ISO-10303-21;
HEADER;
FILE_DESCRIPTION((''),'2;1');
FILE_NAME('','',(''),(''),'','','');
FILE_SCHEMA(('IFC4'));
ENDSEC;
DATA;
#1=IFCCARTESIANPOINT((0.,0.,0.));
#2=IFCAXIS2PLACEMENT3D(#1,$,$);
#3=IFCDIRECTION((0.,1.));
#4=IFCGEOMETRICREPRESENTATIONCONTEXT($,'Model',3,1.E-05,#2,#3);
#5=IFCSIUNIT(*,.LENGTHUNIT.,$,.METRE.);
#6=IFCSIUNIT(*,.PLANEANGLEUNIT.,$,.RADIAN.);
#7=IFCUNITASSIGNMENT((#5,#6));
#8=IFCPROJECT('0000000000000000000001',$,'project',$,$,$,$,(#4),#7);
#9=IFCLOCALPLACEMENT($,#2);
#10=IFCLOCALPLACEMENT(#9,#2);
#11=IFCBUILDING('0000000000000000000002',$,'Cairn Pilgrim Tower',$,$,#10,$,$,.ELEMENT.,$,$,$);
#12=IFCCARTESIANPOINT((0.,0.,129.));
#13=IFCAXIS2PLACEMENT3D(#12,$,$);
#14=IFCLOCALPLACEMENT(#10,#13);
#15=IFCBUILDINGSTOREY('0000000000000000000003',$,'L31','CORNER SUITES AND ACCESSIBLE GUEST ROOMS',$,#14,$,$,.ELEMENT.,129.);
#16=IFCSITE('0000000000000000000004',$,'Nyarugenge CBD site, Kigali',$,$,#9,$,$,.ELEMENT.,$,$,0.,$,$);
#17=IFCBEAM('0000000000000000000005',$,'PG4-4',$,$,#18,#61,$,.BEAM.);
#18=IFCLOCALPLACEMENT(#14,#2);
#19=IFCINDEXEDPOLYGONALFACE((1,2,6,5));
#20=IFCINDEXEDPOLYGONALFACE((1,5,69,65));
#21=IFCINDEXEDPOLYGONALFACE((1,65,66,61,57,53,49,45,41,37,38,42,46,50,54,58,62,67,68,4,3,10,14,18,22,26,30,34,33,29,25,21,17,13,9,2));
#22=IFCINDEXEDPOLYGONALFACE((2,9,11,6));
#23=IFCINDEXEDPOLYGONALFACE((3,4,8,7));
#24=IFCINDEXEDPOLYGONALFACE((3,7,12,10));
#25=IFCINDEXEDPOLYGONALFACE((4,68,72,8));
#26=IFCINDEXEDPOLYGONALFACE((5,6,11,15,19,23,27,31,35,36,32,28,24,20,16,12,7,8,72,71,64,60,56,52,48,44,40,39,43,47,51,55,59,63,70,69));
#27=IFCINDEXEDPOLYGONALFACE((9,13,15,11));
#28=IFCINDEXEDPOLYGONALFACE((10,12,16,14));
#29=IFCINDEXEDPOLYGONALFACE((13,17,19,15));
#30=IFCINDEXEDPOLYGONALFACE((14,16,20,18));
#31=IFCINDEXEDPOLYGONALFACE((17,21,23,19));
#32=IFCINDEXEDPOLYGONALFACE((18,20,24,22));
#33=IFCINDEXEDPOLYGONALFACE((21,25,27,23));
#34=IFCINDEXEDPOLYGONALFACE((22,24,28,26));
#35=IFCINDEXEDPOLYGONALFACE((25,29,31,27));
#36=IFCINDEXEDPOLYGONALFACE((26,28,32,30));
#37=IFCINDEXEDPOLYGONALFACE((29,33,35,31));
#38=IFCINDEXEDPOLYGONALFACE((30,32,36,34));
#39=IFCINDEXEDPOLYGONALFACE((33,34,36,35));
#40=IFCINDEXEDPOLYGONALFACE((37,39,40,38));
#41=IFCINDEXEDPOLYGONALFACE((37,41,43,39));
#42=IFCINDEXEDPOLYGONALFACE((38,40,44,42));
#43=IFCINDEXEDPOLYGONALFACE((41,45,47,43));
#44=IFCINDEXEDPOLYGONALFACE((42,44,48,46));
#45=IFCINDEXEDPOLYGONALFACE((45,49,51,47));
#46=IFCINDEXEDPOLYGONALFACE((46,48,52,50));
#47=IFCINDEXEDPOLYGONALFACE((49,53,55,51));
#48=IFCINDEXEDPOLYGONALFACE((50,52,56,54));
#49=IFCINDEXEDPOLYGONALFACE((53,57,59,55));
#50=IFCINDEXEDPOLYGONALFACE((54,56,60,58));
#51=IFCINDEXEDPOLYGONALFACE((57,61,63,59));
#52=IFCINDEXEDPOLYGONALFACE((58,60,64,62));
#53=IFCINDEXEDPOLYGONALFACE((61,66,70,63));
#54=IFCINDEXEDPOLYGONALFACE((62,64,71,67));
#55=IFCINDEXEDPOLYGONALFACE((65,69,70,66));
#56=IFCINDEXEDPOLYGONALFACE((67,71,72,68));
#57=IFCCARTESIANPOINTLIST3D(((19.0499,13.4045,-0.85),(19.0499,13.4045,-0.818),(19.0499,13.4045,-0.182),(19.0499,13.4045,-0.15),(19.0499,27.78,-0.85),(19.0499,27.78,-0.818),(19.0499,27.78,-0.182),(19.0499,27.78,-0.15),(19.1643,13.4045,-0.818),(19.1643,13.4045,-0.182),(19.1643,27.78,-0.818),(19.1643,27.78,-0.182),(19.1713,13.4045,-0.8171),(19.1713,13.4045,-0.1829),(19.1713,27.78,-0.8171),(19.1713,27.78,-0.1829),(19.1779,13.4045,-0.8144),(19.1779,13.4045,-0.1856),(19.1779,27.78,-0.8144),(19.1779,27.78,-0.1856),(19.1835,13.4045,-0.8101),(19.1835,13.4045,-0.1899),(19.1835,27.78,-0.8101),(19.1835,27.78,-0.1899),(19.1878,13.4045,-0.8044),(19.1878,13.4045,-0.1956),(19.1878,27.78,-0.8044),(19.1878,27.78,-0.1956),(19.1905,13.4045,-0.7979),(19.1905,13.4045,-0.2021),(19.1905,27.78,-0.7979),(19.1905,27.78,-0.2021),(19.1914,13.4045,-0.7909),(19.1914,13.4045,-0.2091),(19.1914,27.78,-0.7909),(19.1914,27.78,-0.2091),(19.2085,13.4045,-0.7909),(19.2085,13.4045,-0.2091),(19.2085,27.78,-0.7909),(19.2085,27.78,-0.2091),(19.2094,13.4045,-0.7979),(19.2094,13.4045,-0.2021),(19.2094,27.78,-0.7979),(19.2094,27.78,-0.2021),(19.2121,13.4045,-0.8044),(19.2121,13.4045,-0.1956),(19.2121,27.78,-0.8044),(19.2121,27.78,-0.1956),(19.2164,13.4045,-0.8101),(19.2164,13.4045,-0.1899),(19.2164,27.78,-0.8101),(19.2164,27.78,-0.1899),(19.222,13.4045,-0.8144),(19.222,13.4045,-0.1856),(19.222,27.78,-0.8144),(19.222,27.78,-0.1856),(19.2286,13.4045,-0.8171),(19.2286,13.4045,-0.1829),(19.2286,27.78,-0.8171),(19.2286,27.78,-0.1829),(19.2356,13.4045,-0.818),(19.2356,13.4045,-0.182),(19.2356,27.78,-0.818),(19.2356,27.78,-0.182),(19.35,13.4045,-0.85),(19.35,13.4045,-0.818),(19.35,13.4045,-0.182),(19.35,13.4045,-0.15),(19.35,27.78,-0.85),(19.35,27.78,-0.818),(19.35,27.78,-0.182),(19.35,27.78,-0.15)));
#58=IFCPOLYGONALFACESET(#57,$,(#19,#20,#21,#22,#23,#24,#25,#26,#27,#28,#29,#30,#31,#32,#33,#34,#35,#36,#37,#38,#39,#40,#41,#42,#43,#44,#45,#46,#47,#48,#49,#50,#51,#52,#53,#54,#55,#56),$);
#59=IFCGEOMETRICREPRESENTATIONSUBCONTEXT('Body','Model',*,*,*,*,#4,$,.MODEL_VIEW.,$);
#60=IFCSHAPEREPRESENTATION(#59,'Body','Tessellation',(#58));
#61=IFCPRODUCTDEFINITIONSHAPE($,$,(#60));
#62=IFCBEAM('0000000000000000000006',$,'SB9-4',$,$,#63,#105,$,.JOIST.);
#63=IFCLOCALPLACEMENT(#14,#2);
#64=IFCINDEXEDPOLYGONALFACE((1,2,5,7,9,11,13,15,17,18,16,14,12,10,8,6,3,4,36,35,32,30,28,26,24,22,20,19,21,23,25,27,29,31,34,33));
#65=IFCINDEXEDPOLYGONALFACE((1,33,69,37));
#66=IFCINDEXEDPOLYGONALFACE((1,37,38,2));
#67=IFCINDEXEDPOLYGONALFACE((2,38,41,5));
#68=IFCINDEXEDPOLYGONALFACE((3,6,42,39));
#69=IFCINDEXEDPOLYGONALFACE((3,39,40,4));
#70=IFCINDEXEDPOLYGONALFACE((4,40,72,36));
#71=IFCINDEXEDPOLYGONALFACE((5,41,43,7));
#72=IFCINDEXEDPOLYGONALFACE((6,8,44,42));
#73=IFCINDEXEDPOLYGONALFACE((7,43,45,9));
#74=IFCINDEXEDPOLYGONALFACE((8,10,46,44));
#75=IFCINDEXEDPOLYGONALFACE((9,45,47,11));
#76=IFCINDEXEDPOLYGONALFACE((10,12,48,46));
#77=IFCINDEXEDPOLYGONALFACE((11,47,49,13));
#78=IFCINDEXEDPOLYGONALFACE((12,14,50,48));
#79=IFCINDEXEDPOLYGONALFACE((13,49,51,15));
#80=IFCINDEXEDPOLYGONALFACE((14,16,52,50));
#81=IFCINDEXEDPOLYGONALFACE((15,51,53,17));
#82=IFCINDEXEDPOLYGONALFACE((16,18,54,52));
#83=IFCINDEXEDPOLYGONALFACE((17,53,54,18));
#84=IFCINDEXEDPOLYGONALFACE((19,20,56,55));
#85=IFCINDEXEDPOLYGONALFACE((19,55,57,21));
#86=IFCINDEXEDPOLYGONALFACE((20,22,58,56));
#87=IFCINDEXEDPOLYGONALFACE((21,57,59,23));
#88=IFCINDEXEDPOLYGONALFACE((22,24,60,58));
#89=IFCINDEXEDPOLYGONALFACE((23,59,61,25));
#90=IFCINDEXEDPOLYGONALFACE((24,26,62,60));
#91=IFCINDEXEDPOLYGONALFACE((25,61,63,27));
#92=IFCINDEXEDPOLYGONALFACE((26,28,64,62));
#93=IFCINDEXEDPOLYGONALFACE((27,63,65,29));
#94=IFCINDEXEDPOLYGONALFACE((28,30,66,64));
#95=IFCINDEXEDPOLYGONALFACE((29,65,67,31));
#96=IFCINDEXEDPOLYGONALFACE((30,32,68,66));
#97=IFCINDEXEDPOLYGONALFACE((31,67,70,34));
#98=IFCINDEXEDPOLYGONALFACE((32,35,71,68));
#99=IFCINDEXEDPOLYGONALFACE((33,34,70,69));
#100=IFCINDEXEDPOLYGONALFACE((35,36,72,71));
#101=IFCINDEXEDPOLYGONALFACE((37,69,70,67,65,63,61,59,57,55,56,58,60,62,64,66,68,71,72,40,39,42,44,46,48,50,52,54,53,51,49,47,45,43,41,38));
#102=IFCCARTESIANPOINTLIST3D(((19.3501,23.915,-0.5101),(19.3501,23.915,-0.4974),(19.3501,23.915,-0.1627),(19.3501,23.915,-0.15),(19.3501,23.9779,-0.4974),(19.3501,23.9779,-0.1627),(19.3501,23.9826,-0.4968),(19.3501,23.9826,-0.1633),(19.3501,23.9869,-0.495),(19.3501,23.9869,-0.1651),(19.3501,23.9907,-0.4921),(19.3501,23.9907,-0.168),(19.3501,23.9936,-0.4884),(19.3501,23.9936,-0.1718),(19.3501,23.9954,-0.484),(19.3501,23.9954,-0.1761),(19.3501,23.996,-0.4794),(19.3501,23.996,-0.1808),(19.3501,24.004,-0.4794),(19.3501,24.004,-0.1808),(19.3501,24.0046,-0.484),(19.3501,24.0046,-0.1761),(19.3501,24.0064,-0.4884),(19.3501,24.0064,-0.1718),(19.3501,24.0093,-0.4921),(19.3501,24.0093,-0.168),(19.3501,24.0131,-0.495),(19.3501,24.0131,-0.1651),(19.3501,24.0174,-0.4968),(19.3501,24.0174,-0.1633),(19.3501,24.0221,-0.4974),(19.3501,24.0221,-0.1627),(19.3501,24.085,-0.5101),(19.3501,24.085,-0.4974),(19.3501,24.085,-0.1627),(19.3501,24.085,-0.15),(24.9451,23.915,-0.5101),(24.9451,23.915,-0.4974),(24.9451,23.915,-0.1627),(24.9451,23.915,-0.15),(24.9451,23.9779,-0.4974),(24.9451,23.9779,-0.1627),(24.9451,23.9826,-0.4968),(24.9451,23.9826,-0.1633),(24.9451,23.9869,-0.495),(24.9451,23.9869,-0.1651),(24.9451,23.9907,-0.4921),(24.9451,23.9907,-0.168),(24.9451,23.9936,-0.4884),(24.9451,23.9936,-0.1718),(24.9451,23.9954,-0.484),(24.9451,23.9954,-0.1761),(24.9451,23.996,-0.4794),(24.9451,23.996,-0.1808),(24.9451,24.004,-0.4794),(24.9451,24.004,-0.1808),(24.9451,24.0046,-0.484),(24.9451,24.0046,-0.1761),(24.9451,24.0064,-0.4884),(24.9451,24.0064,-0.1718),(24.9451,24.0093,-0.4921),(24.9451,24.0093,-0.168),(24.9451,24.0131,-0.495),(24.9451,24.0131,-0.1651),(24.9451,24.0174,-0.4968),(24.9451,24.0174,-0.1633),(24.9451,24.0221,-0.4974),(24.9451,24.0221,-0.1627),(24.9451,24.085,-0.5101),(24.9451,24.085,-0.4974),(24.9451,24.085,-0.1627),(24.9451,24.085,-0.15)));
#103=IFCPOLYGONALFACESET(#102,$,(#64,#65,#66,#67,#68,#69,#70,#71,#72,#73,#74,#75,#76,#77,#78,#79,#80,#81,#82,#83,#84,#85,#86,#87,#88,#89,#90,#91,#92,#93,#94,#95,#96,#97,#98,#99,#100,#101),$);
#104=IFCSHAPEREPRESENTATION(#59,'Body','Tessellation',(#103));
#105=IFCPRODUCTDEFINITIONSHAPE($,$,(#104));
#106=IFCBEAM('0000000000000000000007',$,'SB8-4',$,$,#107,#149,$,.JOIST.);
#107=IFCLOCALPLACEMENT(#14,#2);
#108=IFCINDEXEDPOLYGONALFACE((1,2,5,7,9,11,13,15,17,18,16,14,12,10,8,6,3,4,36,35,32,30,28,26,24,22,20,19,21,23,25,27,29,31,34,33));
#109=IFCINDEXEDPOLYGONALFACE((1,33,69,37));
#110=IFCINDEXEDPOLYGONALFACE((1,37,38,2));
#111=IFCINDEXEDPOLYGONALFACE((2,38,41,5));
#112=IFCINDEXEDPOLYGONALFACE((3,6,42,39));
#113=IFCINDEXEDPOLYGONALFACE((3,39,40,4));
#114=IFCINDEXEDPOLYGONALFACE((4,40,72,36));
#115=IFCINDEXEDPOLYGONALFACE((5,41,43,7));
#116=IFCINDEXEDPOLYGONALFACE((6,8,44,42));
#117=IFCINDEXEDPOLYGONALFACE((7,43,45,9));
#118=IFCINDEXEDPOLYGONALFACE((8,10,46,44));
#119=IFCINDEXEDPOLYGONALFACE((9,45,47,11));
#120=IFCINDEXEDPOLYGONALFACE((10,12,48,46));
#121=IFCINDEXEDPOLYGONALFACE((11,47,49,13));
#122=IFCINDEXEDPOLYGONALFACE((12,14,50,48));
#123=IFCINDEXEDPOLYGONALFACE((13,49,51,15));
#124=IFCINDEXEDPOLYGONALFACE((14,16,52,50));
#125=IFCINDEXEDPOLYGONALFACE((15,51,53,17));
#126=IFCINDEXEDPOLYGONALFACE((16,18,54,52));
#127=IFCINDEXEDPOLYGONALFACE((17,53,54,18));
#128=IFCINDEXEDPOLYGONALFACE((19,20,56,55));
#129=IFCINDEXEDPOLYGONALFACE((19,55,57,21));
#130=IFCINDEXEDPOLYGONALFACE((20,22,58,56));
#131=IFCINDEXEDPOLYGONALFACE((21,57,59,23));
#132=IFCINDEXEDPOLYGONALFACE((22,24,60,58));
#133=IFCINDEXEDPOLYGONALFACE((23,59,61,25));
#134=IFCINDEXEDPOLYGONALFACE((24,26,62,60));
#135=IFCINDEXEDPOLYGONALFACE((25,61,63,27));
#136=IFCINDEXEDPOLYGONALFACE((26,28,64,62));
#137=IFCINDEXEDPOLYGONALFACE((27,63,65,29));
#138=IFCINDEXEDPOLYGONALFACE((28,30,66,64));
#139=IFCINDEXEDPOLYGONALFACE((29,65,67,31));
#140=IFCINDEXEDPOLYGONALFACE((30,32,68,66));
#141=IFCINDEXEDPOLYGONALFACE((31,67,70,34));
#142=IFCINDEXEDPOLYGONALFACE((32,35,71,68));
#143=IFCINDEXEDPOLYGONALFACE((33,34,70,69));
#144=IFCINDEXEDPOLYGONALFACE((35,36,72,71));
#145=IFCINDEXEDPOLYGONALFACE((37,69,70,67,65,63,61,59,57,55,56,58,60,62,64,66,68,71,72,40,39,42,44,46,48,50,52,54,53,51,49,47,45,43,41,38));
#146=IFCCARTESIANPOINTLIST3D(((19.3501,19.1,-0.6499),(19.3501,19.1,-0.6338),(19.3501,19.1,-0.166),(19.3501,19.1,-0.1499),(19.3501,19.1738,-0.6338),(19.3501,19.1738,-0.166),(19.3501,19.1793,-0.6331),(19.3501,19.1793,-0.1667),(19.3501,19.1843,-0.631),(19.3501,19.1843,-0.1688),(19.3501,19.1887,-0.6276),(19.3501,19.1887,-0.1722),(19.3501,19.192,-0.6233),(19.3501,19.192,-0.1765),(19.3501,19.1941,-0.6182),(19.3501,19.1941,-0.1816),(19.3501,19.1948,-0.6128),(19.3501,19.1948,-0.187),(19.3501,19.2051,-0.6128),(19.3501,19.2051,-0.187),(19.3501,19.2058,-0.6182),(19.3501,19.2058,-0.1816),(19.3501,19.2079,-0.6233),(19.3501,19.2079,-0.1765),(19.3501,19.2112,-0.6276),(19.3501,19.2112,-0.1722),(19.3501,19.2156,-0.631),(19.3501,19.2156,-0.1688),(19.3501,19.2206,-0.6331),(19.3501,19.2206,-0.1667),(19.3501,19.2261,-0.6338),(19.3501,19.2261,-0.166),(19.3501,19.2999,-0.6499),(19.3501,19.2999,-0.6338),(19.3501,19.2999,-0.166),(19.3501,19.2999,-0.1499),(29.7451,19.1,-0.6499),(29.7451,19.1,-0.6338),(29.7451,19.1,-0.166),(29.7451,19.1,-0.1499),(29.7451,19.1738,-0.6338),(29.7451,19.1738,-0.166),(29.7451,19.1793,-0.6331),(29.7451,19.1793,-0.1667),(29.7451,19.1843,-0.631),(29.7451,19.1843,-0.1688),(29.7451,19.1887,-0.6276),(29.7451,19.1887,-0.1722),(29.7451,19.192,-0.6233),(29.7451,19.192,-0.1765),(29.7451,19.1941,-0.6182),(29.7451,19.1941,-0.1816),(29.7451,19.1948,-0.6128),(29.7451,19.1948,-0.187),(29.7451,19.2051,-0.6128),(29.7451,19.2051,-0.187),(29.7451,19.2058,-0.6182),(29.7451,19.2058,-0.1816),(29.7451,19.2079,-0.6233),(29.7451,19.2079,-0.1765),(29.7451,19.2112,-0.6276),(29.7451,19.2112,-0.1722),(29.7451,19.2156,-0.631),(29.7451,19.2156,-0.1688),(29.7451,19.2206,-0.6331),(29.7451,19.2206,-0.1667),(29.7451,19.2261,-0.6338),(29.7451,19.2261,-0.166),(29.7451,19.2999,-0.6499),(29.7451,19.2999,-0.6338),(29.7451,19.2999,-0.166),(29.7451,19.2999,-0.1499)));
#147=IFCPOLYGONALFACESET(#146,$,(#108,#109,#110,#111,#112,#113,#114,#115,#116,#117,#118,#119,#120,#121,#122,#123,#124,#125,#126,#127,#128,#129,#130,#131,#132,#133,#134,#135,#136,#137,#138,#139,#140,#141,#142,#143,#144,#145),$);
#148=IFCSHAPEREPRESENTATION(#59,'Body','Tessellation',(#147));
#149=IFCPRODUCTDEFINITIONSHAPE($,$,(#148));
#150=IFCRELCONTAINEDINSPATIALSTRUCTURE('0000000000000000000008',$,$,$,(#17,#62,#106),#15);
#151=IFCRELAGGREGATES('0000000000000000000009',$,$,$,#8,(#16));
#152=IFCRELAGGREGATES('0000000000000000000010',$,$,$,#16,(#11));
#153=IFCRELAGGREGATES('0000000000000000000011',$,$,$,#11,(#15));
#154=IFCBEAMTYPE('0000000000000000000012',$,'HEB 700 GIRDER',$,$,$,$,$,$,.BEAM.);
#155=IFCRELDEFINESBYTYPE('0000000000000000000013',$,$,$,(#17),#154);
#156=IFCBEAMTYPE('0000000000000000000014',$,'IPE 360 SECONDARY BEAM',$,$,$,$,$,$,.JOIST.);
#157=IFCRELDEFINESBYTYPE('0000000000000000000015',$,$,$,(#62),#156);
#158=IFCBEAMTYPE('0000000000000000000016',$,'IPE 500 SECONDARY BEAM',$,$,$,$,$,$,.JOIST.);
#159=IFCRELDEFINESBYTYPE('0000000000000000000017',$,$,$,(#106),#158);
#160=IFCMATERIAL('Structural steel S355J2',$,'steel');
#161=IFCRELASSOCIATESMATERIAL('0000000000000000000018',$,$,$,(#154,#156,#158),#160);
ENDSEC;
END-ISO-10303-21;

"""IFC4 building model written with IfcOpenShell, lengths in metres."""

from ifc_helpers import new_model, si_unit, direction, frame, origin, origin_2d, place, context, subcontext, project, spatial, i_section, extrude, material, material_profile, profile_set, type_object, element, save


model = new_model("IFC4")

# Units and contexts
model_context = context("Model", 3, precision=1e-05, world=origin(), true_north=direction((0.0, 1.0)))
body_context = subcontext(model_context, "Body", "Model", "MODEL_VIEW")
ifc_project = project(units=[si_unit("LENGTHUNIT", "METRE"), si_unit("PLANEANGLEUNIT", "RADIAN")], contexts=[model_context])

# Site, building, storey
site_placement = place(None, origin())
site = spatial("IfcSite", under=ifc_project, at=site_placement, Name="Nyarugenge CBD site, Kigali", CompositionType="ELEMENT", RefElevation=0.0)
building_placement = place(site_placement, origin())
building = spatial("IfcBuilding", under=site, at=building_placement, Name="Cairn Pilgrim Tower", CompositionType="ELEMENT")
storey_placement = place(building_placement, frame((0.0, 0.0, 129.0)))
storey = spatial("IfcBuildingStorey", under=building, at=storey_placement, Name="L31", Description="CORNER SUITES AND ACCESSIBLE GUEST ROOMS", CompositionType="ELEMENT", Elevation=129.0)

# Beams
ifc_material_1 = material(Name="Structural steel S355J2", Category="steel")
ifc_material_profile_1 = material_profile(ifc_material_1, i_section(OverallWidth=0.3, OverallDepth=0.7, WebThickness=0.0171, FlangeThickness=0.032, FilletRadius=0.0271, at=origin_2d()), Name="HEB 700")
ifc_profile_set_1 = profile_set([ifc_material_profile_1], Name="Structural steel S355J2")
beam_type_1 = type_object("IfcBeamType", Name="HEB 700 GIRDER", PredefinedType="BEAM", material=ifc_profile_set_1)
for number, where, z_axis, x_axis, name in (
    (1, (19.2, 13.4045, -0.5), (0.0, 1.0, 0.0), (-1.0, 0.0, 0.0), "PG4-4"),
):
    element("IfcBeam", number, at=place(storey_placement, frame(where, z_axis=z_axis, x_axis=x_axis)), inside=storey, type_object=beam_type_1, Name=name, PredefinedType="BEAM", context=body_context, shape_type="SweptSolid", body=[
        extrude(i_section(OverallWidth=0.3, OverallDepth=0.7, WebThickness=0.0171, FlangeThickness=0.032, FilletRadius=0.0271, at=origin_2d()), origin(), (0.0, 0.0, 1.0), 14.3755),
    ])
ifc_material_profile_2 = material_profile(ifc_material_1, i_section(OverallWidth=0.1699, OverallDepth=0.3601, WebThickness=0.0081, FlangeThickness=0.0127, FilletRadius=0.0181, at=origin_2d()), Name="IPE 360")
ifc_profile_set_2 = profile_set([ifc_material_profile_2], Name="Structural steel S355J2")
beam_type_2 = type_object("IfcBeamType", Name="IPE 360 SECONDARY BEAM", PredefinedType="JOIST", material=ifc_profile_set_2)
beam_1_placement = place(storey_placement, frame((19.3501, 24.0, -0.3301), z_axis=(1.0, 0.0, 0.0), x_axis=(0.0, 1.0, 0.0)))
element("IfcBeam", 2, at=beam_1_placement, inside=storey, type_object=beam_type_2, Name="SB9-4", PredefinedType="JOIST", context=body_context, shape_type="SweptSolid", body=[
    extrude(i_section(OverallWidth=0.1699, OverallDepth=0.3601, WebThickness=0.0081, FlangeThickness=0.0127, FilletRadius=0.0181, at=origin_2d()), origin(), (0.0, 0.0, 1.0), 5.595),
])
ifc_material_profile_3 = material_profile(ifc_material_1, i_section(OverallWidth=0.2, OverallDepth=0.5, WebThickness=0.0103, FlangeThickness=0.0161, FilletRadius=0.021, at=origin_2d()), Name="IPE 500")
ifc_profile_set_3 = profile_set([ifc_material_profile_3], Name="Structural steel S355J2")
beam_type_3 = type_object("IfcBeamType", Name="IPE 500 SECONDARY BEAM", PredefinedType="JOIST", material=ifc_profile_set_3)
beam_2_placement = place(storey_placement, frame((19.3501, 19.2, -0.3999), z_axis=(1.0, 0.0, 0.0), x_axis=(0.0, 1.0, 0.0)))
element("IfcBeam", 3, at=beam_2_placement, inside=storey, type_object=beam_type_3, Name="SB8-4", PredefinedType="JOIST", context=body_context, shape_type="SweptSolid", body=[
    extrude(i_section(OverallWidth=0.2, OverallDepth=0.5, WebThickness=0.0103, FlangeThickness=0.0161, FilletRadius=0.021, at=origin_2d()), origin(), (0.0, 0.0, 1.0), 10.395),
])

save(model, "model.ifc")
